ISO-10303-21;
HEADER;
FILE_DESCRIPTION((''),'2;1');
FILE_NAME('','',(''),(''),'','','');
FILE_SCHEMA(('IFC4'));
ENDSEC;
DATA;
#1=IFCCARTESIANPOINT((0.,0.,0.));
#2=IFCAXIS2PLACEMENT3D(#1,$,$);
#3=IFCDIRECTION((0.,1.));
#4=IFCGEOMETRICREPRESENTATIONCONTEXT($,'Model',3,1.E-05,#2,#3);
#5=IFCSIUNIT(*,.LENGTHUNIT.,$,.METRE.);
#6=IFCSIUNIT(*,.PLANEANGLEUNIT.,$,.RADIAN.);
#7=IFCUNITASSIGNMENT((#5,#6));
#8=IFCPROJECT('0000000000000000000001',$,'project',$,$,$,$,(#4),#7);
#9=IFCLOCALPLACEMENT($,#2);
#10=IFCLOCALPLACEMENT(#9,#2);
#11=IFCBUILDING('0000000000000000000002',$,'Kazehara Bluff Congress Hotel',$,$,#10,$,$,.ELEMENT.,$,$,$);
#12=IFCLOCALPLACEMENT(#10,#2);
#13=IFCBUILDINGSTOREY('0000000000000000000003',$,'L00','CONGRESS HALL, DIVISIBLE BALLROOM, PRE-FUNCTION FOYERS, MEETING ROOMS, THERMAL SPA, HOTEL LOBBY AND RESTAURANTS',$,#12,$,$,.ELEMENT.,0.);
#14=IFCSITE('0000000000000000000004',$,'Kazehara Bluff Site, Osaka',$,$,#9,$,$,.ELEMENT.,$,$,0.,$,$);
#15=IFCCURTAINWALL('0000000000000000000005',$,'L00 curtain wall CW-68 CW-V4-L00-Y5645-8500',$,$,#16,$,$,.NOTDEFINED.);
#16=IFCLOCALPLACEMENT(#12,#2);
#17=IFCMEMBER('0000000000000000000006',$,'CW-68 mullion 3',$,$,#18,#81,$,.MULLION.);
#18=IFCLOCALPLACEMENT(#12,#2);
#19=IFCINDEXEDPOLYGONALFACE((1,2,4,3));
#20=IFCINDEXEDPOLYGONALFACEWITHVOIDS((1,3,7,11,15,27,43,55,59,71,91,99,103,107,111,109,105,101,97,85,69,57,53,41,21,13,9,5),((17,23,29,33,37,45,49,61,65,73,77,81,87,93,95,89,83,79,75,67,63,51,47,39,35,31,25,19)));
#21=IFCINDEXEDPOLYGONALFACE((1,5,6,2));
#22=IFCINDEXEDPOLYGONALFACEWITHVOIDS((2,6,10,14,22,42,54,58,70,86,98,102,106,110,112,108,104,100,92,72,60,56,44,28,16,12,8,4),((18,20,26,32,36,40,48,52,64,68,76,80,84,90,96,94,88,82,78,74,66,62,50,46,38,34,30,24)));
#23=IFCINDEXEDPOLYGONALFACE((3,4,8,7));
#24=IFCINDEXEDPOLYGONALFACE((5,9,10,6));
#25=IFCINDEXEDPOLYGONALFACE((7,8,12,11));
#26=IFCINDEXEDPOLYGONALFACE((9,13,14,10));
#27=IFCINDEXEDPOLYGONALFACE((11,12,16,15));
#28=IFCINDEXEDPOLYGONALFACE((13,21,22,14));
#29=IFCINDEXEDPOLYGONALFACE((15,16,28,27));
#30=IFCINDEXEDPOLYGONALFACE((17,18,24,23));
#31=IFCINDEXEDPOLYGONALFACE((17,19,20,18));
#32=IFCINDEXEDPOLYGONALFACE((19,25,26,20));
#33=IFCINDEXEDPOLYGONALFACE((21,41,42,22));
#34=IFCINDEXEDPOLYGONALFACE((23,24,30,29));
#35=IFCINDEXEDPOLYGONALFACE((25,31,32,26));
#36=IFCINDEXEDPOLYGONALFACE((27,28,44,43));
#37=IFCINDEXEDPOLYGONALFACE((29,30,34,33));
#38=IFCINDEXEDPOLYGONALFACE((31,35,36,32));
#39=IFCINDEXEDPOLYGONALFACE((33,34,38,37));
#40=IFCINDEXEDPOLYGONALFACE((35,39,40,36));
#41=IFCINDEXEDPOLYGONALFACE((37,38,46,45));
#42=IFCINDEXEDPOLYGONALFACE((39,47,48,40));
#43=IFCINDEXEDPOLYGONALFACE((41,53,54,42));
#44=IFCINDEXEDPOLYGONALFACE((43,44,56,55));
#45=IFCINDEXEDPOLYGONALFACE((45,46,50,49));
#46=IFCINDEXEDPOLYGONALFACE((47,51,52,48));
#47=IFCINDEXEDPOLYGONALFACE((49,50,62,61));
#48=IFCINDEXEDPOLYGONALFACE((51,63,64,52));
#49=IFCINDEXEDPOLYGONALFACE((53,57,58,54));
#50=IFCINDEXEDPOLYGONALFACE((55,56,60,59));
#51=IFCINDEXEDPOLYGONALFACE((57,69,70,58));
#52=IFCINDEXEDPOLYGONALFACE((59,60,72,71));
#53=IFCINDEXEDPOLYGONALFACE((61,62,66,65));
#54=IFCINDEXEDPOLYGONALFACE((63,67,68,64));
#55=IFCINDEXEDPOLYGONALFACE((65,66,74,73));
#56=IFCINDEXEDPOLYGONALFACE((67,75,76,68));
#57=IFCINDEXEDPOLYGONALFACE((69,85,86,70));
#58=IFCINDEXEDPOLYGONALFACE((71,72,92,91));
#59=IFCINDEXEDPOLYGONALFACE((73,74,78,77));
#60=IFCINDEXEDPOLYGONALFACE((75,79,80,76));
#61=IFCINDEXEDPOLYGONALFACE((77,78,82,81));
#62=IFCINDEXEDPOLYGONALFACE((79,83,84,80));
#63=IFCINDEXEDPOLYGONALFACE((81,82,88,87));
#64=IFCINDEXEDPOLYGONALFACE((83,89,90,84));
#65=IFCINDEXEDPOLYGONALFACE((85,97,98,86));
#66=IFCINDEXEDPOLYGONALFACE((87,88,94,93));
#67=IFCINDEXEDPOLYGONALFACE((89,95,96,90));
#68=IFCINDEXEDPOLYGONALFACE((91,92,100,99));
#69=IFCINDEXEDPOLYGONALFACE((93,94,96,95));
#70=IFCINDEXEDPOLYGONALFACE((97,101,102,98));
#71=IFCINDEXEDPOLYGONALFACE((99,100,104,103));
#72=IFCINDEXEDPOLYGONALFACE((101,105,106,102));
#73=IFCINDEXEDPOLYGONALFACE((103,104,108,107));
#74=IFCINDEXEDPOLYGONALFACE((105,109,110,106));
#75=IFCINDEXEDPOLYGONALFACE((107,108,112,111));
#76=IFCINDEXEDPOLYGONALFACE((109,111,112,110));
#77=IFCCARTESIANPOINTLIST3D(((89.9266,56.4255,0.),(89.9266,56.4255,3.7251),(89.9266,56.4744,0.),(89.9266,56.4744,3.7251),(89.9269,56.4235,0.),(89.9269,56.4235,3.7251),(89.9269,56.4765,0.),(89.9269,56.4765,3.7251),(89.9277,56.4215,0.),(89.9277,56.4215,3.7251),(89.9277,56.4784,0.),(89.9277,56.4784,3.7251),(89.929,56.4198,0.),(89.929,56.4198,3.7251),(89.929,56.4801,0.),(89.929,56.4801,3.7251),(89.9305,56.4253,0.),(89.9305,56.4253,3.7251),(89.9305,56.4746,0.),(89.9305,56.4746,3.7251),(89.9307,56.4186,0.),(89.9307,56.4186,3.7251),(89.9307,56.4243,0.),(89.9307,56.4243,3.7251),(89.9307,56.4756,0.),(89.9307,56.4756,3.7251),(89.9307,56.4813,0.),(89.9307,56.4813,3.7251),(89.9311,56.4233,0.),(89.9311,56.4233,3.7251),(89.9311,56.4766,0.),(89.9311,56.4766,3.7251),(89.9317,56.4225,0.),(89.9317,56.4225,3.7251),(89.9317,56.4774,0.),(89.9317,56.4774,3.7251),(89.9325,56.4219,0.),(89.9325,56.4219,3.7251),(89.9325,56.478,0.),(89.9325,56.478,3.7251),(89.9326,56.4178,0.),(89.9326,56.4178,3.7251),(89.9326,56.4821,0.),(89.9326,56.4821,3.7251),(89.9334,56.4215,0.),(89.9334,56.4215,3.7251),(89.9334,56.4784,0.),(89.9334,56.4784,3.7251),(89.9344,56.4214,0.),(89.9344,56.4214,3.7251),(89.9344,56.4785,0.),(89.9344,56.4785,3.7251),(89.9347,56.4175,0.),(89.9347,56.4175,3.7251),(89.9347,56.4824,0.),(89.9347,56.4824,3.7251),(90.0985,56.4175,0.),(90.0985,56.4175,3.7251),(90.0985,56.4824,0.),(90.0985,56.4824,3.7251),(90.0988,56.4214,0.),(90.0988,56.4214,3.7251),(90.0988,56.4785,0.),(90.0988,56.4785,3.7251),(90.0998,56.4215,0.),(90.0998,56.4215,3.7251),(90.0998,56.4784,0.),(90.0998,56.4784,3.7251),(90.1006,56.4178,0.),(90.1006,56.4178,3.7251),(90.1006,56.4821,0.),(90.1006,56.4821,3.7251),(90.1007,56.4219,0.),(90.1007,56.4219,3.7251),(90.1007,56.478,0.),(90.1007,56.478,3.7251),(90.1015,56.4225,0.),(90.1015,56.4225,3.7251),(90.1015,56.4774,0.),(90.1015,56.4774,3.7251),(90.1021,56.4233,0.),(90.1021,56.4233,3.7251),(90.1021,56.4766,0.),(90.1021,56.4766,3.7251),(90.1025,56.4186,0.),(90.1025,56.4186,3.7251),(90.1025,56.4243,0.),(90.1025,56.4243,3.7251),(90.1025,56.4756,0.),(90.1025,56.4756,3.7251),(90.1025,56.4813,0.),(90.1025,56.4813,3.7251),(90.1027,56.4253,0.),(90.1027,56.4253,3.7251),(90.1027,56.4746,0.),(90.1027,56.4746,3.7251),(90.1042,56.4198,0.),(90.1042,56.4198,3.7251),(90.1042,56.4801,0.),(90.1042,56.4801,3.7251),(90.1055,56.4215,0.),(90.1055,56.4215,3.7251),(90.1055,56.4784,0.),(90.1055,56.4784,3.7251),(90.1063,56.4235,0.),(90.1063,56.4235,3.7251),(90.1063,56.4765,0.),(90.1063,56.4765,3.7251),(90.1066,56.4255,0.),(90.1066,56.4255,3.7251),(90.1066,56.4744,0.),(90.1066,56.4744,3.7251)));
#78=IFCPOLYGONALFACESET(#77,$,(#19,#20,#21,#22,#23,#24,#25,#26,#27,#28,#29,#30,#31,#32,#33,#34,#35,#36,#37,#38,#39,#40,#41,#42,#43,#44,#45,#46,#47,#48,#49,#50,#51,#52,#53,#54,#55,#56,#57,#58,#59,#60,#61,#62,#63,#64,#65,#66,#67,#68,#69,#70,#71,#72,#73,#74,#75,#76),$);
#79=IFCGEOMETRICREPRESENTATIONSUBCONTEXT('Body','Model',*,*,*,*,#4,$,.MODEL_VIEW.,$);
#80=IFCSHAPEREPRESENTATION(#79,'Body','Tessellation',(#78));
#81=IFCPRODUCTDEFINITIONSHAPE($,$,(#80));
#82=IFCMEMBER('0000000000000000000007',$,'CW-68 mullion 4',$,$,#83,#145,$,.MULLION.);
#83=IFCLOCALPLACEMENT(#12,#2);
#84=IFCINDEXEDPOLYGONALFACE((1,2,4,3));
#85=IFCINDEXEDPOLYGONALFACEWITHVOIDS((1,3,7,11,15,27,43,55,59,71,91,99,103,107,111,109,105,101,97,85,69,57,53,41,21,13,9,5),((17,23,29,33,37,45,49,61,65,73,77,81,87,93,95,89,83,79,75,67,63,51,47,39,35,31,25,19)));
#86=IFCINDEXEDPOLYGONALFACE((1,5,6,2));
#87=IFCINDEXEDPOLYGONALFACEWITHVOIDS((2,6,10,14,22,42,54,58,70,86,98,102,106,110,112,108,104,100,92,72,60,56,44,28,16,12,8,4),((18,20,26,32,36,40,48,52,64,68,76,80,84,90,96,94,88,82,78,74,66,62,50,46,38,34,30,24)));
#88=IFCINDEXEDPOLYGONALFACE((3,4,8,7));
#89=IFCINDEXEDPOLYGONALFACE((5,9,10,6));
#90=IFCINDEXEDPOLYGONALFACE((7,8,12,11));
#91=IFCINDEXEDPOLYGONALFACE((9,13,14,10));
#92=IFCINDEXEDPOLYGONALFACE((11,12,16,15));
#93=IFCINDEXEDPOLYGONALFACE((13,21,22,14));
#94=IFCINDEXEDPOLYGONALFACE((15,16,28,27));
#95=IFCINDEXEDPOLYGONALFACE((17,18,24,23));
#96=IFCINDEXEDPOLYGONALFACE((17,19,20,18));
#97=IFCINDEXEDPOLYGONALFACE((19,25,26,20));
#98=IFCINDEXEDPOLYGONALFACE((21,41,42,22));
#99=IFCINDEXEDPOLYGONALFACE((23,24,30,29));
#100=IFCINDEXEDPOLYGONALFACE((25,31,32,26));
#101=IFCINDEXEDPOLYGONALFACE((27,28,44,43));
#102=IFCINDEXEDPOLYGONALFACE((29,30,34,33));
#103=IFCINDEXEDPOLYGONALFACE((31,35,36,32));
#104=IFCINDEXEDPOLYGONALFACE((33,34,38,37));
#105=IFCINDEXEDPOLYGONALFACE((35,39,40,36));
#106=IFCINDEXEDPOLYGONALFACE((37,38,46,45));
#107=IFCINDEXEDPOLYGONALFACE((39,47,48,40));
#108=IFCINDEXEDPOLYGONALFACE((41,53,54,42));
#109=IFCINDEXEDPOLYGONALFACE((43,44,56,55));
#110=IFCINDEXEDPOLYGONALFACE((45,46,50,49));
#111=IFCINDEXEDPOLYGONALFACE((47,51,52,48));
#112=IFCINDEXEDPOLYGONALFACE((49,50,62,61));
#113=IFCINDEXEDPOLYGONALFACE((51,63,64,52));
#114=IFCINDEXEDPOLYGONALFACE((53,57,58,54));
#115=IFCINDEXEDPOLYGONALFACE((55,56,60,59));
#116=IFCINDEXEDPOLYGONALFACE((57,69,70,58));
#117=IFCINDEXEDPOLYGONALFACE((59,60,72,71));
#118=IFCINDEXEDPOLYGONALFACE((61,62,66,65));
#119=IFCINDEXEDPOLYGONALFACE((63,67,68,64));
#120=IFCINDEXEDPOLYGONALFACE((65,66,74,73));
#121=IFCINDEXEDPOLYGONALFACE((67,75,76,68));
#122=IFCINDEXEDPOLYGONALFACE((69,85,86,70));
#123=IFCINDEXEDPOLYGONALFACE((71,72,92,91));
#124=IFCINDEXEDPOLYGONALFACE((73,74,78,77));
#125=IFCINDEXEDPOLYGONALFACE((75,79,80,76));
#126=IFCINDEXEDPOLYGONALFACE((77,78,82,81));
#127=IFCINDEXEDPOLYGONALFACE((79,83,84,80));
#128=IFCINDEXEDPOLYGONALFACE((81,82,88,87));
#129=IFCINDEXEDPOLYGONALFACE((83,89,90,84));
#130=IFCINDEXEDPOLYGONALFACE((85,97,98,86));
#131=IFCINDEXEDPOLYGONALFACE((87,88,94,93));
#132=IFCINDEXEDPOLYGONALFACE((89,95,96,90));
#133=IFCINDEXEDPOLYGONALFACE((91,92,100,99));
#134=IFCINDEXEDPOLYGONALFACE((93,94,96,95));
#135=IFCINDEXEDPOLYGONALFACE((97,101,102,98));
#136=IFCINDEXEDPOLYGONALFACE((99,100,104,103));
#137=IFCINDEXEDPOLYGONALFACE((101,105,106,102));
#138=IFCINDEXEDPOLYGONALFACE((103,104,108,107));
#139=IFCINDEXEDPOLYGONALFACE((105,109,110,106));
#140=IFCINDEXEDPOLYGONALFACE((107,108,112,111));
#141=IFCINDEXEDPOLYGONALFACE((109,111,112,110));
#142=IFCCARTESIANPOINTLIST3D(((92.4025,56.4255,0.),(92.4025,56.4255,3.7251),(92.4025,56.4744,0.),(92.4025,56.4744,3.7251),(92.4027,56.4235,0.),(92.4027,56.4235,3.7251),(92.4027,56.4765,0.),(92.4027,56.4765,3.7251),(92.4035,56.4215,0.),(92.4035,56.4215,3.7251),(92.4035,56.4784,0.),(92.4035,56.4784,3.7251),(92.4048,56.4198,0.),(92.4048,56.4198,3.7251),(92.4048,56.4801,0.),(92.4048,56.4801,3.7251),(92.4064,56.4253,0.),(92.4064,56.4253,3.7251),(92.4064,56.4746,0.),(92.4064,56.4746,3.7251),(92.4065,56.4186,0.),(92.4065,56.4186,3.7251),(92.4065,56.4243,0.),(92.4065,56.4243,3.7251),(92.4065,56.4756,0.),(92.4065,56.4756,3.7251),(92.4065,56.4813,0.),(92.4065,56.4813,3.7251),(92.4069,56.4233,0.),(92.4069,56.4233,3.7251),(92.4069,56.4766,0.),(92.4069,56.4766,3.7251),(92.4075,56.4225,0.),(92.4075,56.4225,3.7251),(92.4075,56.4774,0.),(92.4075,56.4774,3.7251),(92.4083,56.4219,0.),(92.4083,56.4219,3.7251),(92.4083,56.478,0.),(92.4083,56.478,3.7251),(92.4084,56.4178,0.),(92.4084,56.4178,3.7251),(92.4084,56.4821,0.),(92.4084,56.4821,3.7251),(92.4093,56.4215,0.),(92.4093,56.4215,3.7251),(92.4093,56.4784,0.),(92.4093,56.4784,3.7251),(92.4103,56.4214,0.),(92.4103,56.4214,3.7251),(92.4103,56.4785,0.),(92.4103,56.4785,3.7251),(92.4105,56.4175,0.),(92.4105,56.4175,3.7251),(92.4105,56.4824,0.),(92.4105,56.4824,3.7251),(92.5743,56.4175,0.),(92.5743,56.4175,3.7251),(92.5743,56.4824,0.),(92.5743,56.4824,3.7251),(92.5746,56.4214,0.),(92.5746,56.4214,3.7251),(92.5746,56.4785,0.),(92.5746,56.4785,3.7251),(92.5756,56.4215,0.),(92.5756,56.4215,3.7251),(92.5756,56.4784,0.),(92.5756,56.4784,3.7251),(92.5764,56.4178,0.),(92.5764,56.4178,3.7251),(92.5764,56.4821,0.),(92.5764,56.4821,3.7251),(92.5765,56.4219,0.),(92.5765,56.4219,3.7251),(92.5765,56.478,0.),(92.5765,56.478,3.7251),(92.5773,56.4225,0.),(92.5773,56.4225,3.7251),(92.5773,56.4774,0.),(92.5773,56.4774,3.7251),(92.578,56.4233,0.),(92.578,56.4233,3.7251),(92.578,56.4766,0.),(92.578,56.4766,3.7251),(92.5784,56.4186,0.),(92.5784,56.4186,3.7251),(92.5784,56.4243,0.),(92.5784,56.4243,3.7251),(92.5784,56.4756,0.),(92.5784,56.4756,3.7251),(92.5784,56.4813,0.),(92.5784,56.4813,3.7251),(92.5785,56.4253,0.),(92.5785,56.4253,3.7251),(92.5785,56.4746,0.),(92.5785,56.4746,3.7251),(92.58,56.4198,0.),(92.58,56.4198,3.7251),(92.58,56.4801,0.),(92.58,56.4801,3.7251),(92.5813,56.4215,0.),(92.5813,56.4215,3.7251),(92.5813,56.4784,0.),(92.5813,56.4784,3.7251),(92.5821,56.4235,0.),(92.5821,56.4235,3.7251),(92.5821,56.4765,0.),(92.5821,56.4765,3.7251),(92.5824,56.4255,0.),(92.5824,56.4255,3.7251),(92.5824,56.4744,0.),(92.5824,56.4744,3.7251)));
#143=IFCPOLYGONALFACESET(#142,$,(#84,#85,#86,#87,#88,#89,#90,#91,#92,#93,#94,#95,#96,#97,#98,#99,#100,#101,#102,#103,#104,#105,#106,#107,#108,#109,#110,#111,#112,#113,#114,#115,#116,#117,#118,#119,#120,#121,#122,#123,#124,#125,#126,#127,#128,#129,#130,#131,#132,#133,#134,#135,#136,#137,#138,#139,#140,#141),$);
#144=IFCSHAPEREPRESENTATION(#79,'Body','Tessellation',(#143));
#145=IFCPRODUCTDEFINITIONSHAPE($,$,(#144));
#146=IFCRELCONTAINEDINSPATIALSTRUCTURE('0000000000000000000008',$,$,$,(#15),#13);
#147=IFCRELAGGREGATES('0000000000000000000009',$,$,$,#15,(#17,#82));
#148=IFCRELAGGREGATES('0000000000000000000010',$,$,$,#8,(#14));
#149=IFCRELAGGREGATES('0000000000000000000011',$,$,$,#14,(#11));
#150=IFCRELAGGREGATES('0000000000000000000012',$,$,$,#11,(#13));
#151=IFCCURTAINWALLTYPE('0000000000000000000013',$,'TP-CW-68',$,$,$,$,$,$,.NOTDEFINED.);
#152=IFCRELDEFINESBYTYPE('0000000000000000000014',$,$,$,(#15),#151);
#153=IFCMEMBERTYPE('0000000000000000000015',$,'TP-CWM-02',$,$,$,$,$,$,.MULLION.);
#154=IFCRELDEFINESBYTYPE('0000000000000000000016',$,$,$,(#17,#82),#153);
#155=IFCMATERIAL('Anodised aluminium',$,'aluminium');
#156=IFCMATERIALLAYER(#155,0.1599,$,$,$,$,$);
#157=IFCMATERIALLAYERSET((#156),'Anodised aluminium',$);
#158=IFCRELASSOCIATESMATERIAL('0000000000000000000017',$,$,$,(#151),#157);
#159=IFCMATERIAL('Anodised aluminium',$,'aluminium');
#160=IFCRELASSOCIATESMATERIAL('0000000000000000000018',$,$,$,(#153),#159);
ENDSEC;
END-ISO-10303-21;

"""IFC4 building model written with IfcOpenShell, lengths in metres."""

from ifc_helpers import new_model, si_unit, direction, frame, origin, origin_2d, place, context, subcontext, project, spatial, hollow_rectangle, extrude, material, layer, layer_set, material_profile, profile_set, type_object, element, aggregate, save


model = new_model("IFC4")

# Units and contexts
model_context = context("Model", 3, precision=1e-05, world=origin(), true_north=direction((0.0, 1.0)))
body_context = subcontext(model_context, "Body", "Model", "MODEL_VIEW")
ifc_project = project(units=[si_unit("LENGTHUNIT", "METRE"), si_unit("PLANEANGLEUNIT", "RADIAN")], contexts=[model_context])

# Site, building, storey
site_placement = place(None, origin())
site = spatial("IfcSite", under=ifc_project, at=site_placement, Name="Kazehara Bluff Site, Osaka", CompositionType="ELEMENT", RefElevation=0.0)
building_placement = place(site_placement, origin())
building = spatial("IfcBuilding", under=site, at=building_placement, Name="Kazehara Bluff Congress Hotel", CompositionType="ELEMENT")
storey_placement = place(building_placement, origin())
storey = spatial("IfcBuildingStorey", under=building, at=storey_placement, Name="L00", Description="CONGRESS HALL, DIVISIBLE BALLROOM, PRE-FUNCTION FOYERS, MEETING ROOMS, THERMAL SPA, HOTEL LOBBY AND RESTAURANTS", CompositionType="ELEMENT", Elevation=0.0)

# Curtain wall, members
ifc_material_1 = material(Name="Anodised aluminium", Category="aluminium")
ifc_layer_1 = layer(ifc_material_1, 0.1599)
ifc_layer_set_1 = layer_set([ifc_layer_1], Name="Anodised aluminium")
curtain_wall_type_1 = type_object("IfcCurtainWallType", Name="TP-CW-68", PredefinedType="NOTDEFINED", material=ifc_layer_set_1)
curtain_wall_1_placement = place(storey_placement, origin())
curtain_wall_1 = element("IfcCurtainWall", 1, at=curtain_wall_1_placement, inside=storey, type_object=curtain_wall_type_1, Name="L00 curtain wall CW-68 CW-V4-L00-Y5645-8500", PredefinedType="NOTDEFINED")
ifc_material_2 = material(Name="Anodised aluminium", Category="aluminium")
ifc_material_profile_1 = material_profile(ifc_material_2, hollow_rectangle(XDim=0.0649, YDim=0.1799, WallThickness=0.0039, InnerFilletRadius=0.0039, OuterFilletRadius=0.0081, at=origin_2d()))
ifc_profile_set_1 = profile_set([ifc_material_profile_1], Name="Anodised aluminium")
member_type_1 = type_object("IfcMemberType", Name="TP-CWM-02", PredefinedType="MULLION", material=ifc_profile_set_1)
member_1_placement = place(storey_placement, frame((90.0166, 56.45, 0.0), z_axis=(0.0, 0.0, 1.0), x_axis=(0.0, 1.0, 0.0)))
member_1 = element("IfcMember", 2, at=member_1_placement, type_object=member_type_1, Name="CW-68 mullion 3", PredefinedType="MULLION", context=body_context, shape_type="SweptSolid", body=[
    extrude(hollow_rectangle(XDim=0.0649, YDim=0.1799, WallThickness=0.0039, InnerFilletRadius=0.0039, OuterFilletRadius=0.0081, at=origin_2d()), origin(), (0.0, 0.0, 1.0), 3.7251),
])
member_2_placement = place(storey_placement, frame((92.4924, 56.45, 0.0), z_axis=(0.0, 0.0, 1.0), x_axis=(0.0, 1.0, 0.0)))
member_2 = element("IfcMember", 3, at=member_2_placement, type_object=member_type_1, Name="CW-68 mullion 4", PredefinedType="MULLION", context=body_context, shape_type="SweptSolid", body=[
    extrude(hollow_rectangle(XDim=0.0649, YDim=0.1799, WallThickness=0.0039, InnerFilletRadius=0.0039, OuterFilletRadius=0.0081, at=origin_2d()), origin(), (0.0, 0.0, 1.0), 3.7251),
])

aggregate(curtain_wall_1, [member_1, member_2])

save(model, "model.ifc")
